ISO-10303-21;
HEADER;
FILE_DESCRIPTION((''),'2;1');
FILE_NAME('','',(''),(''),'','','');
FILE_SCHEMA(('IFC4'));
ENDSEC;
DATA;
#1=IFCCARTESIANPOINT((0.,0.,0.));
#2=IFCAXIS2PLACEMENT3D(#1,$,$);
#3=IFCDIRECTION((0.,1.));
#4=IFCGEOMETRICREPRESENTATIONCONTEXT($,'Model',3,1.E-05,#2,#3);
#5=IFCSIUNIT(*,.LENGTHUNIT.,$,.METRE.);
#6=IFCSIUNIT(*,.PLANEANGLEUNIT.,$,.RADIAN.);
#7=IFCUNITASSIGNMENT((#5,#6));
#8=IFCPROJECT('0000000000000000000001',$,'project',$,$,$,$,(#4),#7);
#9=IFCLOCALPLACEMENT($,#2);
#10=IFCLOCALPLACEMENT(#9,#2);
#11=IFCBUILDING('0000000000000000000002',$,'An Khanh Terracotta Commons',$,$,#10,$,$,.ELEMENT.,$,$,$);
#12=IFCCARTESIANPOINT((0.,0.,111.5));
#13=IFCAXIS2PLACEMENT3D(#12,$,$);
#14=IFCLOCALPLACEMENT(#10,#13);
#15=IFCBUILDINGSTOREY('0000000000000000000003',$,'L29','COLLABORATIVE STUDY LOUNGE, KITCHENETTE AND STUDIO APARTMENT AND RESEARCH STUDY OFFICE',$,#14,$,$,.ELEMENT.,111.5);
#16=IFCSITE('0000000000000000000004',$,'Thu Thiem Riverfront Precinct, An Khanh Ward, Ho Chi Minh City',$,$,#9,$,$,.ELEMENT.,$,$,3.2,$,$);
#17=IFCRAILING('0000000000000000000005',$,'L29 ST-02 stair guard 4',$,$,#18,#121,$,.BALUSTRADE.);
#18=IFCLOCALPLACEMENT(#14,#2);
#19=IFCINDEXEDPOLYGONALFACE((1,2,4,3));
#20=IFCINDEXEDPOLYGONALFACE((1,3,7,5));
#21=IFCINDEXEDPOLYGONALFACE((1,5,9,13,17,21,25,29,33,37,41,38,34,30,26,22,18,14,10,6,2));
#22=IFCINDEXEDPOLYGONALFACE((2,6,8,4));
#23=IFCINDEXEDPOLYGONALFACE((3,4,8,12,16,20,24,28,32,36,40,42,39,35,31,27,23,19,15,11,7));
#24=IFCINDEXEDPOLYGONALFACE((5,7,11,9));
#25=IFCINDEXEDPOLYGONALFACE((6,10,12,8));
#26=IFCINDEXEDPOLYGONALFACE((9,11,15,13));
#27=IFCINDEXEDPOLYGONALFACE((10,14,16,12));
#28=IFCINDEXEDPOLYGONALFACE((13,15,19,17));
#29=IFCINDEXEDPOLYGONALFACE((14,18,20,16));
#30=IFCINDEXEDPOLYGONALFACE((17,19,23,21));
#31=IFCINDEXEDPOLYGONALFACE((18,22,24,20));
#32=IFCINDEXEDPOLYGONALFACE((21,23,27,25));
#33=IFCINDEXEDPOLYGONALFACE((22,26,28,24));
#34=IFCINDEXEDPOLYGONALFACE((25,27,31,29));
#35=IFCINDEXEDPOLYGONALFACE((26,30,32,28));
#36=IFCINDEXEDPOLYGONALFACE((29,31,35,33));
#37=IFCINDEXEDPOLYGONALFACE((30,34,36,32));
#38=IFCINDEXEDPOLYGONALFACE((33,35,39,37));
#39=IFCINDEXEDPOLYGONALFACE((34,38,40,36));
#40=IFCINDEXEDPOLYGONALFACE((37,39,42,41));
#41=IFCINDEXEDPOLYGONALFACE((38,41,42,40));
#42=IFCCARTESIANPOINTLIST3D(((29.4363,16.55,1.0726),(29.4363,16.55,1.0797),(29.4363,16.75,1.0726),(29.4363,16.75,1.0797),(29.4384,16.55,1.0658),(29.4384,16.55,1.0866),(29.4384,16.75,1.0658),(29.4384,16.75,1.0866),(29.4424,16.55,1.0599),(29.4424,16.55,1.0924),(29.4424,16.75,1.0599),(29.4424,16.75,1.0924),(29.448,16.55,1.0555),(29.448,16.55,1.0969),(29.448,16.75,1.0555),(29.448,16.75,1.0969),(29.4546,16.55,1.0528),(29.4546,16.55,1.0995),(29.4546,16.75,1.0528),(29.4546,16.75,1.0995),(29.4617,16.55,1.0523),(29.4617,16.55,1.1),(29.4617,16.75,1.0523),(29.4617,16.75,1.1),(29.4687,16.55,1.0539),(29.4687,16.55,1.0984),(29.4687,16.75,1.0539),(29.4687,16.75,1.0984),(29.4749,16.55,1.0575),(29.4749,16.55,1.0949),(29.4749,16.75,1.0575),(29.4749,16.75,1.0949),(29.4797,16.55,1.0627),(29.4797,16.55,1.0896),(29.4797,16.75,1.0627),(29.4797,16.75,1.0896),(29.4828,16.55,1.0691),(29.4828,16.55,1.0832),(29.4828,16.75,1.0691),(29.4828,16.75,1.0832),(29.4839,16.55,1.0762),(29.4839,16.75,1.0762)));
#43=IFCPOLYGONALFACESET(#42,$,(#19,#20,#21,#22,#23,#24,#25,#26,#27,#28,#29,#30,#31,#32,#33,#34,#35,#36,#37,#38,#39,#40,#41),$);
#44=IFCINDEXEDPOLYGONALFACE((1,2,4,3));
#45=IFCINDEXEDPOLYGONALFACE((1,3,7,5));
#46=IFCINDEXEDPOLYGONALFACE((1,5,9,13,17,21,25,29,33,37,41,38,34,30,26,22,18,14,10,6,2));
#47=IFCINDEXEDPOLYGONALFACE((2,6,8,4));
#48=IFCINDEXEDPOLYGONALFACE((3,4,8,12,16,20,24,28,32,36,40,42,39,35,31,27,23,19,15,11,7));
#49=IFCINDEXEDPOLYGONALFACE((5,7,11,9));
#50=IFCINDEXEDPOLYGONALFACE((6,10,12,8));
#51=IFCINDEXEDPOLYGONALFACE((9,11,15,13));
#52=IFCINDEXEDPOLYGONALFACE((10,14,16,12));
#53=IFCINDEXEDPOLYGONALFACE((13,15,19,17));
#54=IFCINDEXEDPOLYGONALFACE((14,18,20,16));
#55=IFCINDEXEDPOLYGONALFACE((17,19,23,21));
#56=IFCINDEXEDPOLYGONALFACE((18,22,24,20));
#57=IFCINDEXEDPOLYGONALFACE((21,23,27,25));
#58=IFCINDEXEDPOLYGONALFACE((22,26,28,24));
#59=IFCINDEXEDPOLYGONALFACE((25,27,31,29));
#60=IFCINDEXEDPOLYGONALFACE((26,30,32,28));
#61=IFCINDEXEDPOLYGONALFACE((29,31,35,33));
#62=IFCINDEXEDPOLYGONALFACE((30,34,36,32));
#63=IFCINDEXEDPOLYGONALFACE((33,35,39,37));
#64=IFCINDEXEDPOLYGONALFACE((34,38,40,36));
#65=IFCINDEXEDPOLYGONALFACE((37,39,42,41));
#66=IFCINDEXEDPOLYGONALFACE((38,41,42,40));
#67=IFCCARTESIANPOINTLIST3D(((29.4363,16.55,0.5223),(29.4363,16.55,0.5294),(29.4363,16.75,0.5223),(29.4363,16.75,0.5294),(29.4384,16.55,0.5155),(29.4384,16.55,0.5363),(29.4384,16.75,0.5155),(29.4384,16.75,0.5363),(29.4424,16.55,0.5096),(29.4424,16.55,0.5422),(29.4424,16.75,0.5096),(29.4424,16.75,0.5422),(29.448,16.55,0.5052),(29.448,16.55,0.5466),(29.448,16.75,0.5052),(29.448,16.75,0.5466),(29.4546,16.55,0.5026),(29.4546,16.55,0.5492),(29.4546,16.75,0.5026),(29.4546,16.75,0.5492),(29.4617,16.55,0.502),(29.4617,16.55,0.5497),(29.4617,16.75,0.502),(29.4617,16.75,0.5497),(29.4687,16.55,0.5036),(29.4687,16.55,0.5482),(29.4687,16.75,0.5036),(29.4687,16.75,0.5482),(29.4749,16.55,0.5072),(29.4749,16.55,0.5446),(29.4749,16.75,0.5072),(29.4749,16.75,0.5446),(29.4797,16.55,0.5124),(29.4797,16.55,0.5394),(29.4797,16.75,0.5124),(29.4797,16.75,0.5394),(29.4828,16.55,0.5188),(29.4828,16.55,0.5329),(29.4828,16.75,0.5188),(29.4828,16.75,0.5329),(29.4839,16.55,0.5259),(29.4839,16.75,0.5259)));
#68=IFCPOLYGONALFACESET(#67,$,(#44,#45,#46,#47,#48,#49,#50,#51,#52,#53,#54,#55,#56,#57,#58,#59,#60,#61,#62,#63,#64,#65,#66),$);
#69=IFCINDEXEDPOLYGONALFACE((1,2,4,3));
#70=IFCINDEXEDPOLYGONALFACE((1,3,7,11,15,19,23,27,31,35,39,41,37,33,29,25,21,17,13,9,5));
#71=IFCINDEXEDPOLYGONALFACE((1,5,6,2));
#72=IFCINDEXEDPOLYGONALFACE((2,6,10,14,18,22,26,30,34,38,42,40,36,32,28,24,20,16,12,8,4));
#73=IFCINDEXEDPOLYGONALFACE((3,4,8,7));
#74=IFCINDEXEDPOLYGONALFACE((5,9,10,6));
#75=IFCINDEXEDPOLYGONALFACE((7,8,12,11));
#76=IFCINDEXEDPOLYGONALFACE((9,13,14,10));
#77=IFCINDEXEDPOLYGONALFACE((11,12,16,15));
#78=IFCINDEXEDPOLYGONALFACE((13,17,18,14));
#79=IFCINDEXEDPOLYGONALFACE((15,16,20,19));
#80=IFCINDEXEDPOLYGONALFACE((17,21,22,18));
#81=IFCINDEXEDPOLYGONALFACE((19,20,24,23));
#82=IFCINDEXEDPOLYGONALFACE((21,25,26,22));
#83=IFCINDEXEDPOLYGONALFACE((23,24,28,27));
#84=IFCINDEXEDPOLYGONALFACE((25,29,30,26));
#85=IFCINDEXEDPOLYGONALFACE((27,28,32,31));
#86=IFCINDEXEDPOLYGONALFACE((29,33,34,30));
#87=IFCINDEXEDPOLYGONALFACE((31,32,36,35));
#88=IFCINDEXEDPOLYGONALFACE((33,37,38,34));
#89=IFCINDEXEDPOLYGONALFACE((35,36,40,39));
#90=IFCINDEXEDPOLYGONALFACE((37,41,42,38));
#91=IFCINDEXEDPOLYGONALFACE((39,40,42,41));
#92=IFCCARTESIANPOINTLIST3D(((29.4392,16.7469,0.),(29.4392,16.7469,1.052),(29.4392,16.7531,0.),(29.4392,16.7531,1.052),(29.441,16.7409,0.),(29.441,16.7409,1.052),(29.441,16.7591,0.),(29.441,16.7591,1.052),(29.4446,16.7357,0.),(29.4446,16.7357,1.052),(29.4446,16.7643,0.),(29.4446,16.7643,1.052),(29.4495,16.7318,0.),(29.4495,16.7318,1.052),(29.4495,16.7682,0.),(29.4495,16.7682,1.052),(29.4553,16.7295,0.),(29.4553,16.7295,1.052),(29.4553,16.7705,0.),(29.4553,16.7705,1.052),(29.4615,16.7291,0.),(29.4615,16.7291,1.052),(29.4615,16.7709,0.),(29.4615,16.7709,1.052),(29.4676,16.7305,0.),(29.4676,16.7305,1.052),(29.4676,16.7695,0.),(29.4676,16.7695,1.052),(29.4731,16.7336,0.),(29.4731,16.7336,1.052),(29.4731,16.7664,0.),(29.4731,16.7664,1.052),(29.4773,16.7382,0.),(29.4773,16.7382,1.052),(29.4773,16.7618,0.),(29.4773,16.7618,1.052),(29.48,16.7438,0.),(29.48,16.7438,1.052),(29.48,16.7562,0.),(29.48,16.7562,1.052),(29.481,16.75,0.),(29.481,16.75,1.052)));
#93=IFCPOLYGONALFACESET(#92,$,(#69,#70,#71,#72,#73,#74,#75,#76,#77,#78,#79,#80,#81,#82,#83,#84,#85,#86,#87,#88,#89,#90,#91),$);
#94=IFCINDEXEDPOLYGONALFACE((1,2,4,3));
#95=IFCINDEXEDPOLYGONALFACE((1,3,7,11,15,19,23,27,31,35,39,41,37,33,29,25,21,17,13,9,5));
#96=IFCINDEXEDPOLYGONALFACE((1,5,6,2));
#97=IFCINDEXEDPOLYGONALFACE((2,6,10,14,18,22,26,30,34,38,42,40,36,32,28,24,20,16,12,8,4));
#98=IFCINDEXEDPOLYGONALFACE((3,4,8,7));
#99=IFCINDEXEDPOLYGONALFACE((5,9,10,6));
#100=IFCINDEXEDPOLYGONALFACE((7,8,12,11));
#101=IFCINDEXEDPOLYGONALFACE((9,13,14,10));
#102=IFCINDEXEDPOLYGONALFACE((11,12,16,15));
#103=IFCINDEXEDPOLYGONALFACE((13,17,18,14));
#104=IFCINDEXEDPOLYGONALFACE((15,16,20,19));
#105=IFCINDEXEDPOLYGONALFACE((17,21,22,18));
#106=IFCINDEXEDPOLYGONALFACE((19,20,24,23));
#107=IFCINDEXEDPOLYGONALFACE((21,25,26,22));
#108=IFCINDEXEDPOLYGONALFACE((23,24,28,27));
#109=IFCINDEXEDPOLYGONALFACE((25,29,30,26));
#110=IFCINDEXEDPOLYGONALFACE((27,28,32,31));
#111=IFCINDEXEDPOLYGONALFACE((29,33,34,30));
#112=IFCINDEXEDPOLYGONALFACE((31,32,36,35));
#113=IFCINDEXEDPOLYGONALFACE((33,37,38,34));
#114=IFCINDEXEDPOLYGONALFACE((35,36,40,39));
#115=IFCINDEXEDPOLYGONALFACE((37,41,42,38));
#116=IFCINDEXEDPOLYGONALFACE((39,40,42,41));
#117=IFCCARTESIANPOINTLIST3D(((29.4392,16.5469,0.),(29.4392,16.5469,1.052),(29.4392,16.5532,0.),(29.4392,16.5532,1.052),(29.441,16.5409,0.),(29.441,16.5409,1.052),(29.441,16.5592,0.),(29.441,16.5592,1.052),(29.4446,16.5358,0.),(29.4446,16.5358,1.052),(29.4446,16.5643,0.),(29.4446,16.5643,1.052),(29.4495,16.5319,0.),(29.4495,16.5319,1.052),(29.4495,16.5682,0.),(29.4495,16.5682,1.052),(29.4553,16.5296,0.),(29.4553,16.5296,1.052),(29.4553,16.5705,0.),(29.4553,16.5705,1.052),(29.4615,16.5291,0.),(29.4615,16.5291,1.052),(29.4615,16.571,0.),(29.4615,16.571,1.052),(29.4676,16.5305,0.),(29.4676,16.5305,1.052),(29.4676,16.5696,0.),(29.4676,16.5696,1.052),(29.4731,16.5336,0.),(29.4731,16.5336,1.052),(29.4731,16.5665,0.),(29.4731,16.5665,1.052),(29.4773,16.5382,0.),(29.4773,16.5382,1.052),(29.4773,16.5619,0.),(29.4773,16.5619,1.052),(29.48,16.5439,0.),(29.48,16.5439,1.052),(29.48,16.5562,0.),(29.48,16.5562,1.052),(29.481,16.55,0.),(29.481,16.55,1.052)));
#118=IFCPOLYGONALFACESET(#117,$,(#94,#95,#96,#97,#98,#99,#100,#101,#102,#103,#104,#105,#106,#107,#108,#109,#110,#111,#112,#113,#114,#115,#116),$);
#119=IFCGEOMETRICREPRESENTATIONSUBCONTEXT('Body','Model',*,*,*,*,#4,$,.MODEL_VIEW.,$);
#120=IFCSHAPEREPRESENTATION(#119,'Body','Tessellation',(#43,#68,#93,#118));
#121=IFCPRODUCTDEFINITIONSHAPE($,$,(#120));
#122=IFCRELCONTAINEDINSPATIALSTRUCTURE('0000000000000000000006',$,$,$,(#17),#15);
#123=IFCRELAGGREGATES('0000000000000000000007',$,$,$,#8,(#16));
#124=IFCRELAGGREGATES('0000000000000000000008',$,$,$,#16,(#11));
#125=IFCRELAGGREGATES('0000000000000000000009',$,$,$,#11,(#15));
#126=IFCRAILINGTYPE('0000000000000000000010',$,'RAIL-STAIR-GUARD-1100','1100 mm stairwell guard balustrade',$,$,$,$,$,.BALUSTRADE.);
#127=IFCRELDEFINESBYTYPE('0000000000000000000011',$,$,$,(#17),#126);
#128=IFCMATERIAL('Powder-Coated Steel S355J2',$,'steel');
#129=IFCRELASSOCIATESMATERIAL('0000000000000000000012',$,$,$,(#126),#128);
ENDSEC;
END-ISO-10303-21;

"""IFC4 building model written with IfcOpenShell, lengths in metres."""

from ifc_helpers import new_model, si_unit, direction, frame, origin, origin_2d, place, context, subcontext, project, spatial, circle, extrude, material, type_object, element, save


model = new_model("IFC4")

# Units and contexts
model_context = context("Model", 3, precision=1e-05, world=origin(), true_north=direction((0.0, 1.0)))
body_context = subcontext(model_context, "Body", "Model", "MODEL_VIEW")
ifc_project = project(units=[si_unit("LENGTHUNIT", "METRE"), si_unit("PLANEANGLEUNIT", "RADIAN")], contexts=[model_context])

# Site, building, storey
site_placement = place(None, origin())
site = spatial("IfcSite", under=ifc_project, at=site_placement, Name="Thu Thiem Riverfront Precinct, An Khanh Ward, Ho Chi Minh City", CompositionType="ELEMENT", RefElevation=3.2)
building_placement = place(site_placement, origin())
building = spatial("IfcBuilding", under=site, at=building_placement, Name="An Khanh Terracotta Commons", CompositionType="ELEMENT")
storey_placement = place(building_placement, frame((0.0, 0.0, 111.5)))
storey = spatial("IfcBuildingStorey", under=building, at=storey_placement, Name="L29", Description="COLLABORATIVE STUDY LOUNGE, KITCHENETTE AND STUDIO APARTMENT AND RESEARCH STUDY OFFICE", CompositionType="ELEMENT", Elevation=111.5)

# Railing
ifc_material_1 = material(Name="Powder-Coated Steel S355J2", Category="steel")
railing_type_1 = type_object("IfcRailingType", Name="RAIL-STAIR-GUARD-1100", Description="1100 mm stairwell guard balustrade", PredefinedType="BALUSTRADE", material=ifc_material_1)
railing_1_placement = place(storey_placement, frame((29.46, 16.75, 0.0)))
element("IfcRailing", 1, at=railing_1_placement, inside=storey, type_object=railing_type_1, Name="L29 ST-02 stair guard 4", PredefinedType="BALUSTRADE", context=body_context, shape_type="SweptSolid", body=[
    extrude(circle(Radius=0.0239, at=origin_2d()), frame((0.0, 0.0, 1.0762), z_axis=(0.0, -1.0, 0.0), x_axis=(1.0, 0.0, 0.0)), (0.0, 0.0, 1.0), 0.2),
    extrude(circle(Radius=0.0239, at=origin_2d()), frame((0.0, 0.0, 0.5259), z_axis=(0.0, -1.0, 0.0), x_axis=(1.0, 0.0, 0.0)), (0.0, 0.0, 1.0), 0.2),
    extrude(circle(Radius=0.021, at=origin_2d()), origin(), (0.0, 0.0, 1.0), 1.052),
    extrude(circle(Radius=0.021, at=origin_2d()), frame((0.0, -0.2, 0.0)), (0.0, 0.0, 1.0), 1.052),
])

save(model, "model.ifc")
